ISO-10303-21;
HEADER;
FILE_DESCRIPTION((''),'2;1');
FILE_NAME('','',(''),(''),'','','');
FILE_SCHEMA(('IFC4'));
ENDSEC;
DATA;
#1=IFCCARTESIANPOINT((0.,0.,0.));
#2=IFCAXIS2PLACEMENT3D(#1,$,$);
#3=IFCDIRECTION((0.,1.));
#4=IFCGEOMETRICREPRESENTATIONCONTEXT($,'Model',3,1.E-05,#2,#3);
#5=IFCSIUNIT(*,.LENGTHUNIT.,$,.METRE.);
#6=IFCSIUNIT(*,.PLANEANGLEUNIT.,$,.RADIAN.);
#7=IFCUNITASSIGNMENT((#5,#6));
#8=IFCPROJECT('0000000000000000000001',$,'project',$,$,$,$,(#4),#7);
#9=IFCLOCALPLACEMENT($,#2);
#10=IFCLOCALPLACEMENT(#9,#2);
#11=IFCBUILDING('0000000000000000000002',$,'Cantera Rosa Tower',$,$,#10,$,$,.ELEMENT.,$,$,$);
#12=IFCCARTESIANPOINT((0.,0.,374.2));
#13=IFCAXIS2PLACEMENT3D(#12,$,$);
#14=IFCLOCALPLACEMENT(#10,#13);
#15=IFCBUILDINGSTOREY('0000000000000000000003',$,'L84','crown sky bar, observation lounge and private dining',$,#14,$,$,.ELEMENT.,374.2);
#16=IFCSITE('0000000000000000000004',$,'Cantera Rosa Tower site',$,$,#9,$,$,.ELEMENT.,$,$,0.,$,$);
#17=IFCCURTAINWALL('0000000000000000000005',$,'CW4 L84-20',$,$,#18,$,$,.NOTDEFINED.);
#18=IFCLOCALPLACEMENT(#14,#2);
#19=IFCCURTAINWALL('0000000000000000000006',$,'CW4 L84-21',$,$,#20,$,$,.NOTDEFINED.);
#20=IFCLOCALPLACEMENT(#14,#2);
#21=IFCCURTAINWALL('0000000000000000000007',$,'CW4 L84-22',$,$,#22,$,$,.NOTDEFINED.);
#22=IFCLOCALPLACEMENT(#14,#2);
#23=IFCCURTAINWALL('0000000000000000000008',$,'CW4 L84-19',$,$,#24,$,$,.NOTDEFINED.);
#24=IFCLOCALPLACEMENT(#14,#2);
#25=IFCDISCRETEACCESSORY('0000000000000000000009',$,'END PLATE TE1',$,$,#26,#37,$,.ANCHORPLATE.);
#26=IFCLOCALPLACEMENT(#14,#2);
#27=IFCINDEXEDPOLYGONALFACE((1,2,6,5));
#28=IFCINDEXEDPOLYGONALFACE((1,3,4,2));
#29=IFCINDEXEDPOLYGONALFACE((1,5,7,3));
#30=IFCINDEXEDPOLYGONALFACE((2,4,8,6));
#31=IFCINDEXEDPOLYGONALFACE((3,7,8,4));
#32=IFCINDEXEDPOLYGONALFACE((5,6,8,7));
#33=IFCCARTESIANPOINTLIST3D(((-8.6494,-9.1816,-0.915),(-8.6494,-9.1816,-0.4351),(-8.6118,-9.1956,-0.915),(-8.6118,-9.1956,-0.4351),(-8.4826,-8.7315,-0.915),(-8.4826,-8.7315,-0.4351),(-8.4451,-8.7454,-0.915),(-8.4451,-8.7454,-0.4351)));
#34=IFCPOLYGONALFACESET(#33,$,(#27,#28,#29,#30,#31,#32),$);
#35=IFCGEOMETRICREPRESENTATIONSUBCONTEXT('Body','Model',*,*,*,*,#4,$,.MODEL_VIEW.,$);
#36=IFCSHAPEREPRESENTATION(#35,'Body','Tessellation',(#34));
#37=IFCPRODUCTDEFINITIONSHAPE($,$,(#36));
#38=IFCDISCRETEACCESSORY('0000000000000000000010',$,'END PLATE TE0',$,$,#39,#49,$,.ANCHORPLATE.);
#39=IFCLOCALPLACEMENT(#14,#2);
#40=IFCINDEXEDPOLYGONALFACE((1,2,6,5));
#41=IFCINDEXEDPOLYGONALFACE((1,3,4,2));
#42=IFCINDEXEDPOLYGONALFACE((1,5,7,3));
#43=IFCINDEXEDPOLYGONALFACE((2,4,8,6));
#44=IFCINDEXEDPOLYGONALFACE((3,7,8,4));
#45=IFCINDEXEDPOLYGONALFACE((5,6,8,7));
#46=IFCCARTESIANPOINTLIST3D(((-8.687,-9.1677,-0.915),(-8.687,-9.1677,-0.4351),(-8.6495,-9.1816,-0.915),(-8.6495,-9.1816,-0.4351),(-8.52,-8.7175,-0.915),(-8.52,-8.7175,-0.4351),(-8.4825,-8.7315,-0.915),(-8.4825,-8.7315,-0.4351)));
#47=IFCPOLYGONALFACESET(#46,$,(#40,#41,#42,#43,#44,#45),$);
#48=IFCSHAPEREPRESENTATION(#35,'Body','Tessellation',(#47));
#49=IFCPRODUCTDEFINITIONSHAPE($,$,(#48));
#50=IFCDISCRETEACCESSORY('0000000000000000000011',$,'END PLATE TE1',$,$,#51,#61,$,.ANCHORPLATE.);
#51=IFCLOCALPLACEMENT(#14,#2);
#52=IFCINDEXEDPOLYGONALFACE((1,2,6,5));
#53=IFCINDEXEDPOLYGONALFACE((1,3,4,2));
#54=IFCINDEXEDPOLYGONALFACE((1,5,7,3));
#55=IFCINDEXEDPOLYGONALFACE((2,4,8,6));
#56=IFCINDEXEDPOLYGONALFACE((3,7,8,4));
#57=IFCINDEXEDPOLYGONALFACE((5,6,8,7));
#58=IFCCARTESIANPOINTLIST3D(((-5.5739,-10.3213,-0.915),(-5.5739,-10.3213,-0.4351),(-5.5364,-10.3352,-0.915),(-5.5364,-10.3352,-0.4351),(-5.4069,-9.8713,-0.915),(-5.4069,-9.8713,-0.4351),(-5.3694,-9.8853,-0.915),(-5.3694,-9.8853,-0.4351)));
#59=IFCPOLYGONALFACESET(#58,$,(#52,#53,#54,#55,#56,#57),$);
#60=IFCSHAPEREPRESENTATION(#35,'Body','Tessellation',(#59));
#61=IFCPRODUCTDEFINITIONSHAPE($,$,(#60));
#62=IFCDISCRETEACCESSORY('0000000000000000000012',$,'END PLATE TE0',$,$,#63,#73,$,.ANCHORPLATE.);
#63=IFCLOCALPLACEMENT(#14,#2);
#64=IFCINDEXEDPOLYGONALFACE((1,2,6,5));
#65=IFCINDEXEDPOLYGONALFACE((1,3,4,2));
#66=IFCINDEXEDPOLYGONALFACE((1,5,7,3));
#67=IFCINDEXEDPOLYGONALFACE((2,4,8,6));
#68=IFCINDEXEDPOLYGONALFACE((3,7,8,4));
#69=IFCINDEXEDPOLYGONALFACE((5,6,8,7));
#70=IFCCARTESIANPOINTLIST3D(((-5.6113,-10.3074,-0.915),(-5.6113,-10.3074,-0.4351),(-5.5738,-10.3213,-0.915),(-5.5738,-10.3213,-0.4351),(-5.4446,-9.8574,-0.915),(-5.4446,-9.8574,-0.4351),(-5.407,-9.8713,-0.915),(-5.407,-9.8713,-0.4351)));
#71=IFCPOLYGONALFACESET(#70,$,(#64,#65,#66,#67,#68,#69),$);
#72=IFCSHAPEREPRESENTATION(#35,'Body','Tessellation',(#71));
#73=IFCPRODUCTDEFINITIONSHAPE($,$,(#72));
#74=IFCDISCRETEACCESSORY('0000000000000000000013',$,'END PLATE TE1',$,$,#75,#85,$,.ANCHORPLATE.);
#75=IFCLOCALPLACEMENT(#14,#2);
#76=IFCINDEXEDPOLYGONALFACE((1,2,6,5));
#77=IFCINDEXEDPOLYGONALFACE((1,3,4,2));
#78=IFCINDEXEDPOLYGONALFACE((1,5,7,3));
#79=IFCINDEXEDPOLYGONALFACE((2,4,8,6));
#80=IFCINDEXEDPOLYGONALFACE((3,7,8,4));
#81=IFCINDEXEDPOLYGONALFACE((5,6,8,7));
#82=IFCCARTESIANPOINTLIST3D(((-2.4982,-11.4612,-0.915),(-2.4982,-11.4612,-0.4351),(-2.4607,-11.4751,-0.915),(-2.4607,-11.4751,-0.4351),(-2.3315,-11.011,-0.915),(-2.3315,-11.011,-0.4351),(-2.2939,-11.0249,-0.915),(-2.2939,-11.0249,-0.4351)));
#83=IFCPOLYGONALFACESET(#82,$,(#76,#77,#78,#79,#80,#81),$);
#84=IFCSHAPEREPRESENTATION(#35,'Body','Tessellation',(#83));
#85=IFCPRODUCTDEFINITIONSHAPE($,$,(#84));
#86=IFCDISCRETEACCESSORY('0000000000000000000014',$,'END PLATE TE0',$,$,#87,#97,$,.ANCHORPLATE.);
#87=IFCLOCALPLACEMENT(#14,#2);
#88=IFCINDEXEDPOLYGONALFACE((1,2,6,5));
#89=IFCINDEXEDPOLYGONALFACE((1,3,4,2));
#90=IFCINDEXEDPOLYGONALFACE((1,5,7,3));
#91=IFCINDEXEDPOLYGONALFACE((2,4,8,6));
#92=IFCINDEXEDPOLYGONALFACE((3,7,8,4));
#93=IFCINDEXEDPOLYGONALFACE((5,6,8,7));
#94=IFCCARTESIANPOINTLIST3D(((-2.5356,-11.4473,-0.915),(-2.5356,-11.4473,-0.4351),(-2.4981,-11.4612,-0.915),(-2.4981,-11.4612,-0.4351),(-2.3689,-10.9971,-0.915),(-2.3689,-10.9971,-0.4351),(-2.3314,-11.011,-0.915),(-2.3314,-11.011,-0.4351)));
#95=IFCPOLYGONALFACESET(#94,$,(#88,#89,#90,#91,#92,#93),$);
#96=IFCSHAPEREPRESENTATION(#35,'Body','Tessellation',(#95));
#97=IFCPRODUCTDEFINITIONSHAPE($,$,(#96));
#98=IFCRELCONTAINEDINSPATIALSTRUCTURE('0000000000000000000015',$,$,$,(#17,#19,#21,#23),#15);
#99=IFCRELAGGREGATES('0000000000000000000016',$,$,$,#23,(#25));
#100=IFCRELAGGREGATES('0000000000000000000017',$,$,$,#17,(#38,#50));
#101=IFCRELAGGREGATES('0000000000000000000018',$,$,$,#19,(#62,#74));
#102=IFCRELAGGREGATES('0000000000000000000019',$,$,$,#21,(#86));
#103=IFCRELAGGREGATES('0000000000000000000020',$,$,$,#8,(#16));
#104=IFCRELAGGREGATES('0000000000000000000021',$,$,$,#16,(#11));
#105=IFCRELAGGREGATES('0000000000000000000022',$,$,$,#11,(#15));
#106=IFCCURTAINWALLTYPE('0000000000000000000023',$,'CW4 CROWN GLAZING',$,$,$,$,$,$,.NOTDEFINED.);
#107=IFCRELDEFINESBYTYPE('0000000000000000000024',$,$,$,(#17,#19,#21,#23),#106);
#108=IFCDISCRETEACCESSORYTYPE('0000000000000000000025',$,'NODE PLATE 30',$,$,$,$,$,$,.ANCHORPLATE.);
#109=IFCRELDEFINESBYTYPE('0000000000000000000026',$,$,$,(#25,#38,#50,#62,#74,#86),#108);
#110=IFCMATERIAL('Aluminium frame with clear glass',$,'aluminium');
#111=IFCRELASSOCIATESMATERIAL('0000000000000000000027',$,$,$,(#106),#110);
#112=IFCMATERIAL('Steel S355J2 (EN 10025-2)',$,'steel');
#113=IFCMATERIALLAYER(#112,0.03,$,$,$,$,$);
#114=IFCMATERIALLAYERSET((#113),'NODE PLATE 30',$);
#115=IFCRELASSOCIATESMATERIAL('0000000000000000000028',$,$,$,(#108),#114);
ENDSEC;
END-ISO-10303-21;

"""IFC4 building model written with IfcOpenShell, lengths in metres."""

from ifc_helpers import new_model, si_unit, direction, frame, origin, place, context, subcontext, project, spatial, polyline, outline, extrude, material, layer, layer_set, type_object, element, aggregate, save


model = new_model("IFC4")

# Units and contexts
model_context = context("Model", 3, precision=1e-05, world=origin(), true_north=direction((0.0, 1.0)))
body_context = subcontext(model_context, "Body", "Model", "MODEL_VIEW")
ifc_project = project(units=[si_unit("LENGTHUNIT", "METRE"), si_unit("PLANEANGLEUNIT", "RADIAN")], contexts=[model_context])

# Site, building, storey
site_placement = place(None, origin())
site = spatial("IfcSite", under=ifc_project, at=site_placement, Name="Cantera Rosa Tower site", CompositionType="ELEMENT", RefElevation=0.0)
building_placement = place(site_placement, origin())
building = spatial("IfcBuilding", under=site, at=building_placement, Name="Cantera Rosa Tower", CompositionType="ELEMENT")
storey_placement = place(building_placement, frame((0.0, 0.0, 374.2)))
storey = spatial("IfcBuildingStorey", under=building, at=storey_placement, Name="L84", Description="crown sky bar, observation lounge and private dining", CompositionType="ELEMENT", Elevation=374.2)

# Curtain wall
ifc_material_1 = material(Name="Aluminium frame with clear glass", Category="aluminium")
curtain_wall_type = type_object("IfcCurtainWallType", Name="CW4 CROWN GLAZING", PredefinedType="NOTDEFINED", material=ifc_material_1)
curtain_wall_1_placement = place(storey_placement, origin())
curtain_wall_1 = element("IfcCurtainWall", 1, at=curtain_wall_1_placement, inside=storey, type_object=curtain_wall_type, Name="CW4 L84-20", PredefinedType="NOTDEFINED")

# Curtain walls
curtain_wall_2_placement = place(storey_placement, origin())
curtain_wall_2 = element("IfcCurtainWall", 2, at=curtain_wall_2_placement, inside=storey, type_object=curtain_wall_type, Name="CW4 L84-21", PredefinedType="NOTDEFINED")
curtain_wall_3_placement = place(storey_placement, origin())
curtain_wall_3 = element("IfcCurtainWall", 3, at=curtain_wall_3_placement, inside=storey, type_object=curtain_wall_type, Name="CW4 L84-22", PredefinedType="NOTDEFINED")

# Shared definitions
ifc_material_2 = material(Name="Steel S355J2 (EN 10025-2)", Category="steel")
ifc_layer_1 = layer(ifc_material_2, 0.03)
ifc_layer_set_1 = layer_set([ifc_layer_1], Name="NODE PLATE 30")
discrete_accessory_type = type_object("IfcDiscreteAccessoryType", Name="NODE PLATE 30", PredefinedType="ANCHORPLATE", material=ifc_layer_set_1)

# Curtain wall, discrete accessory
curtain_wall_4_placement = place(storey_placement, origin())
curtain_wall_4 = element("IfcCurtainWall", 4, at=curtain_wall_4_placement, inside=storey, type_object=curtain_wall_type, Name="CW4 L84-19", PredefinedType="NOTDEFINED")
discrete_accessory_1_placement = place(storey_placement, frame((-8.4451, -8.7454, -0.4351), z_axis=(0.937743, -0.347331, 0.0), x_axis=(-0.347331, -0.937743, 0.0)))
discrete_accessory_1 = element("IfcDiscreteAccessory", 5, at=discrete_accessory_1_placement, type_object=discrete_accessory_type, Name="END PLATE TE1", PredefinedType="ANCHORPLATE", context=body_context, shape_type="SweptSolid", body=[
    extrude(outline(polyline([(0.0, 0.0), (0.4801, 0.0), (0.4801, 0.48), (0.0, 0.48), (0.0, 0.0)])), origin(), (0.0, 0.0, -1.0), 0.04),
])
aggregate(curtain_wall_4, [discrete_accessory_1])

# Discrete accessories
discrete_accessory_2_placement = place(storey_placement, frame((-8.687, -9.1677, -0.4351), z_axis=(-0.937577, 0.347778, 0.0), x_axis=(0.347778, 0.937577, 0.0)))
discrete_accessory_2 = element("IfcDiscreteAccessory", 6, at=discrete_accessory_2_placement, type_object=discrete_accessory_type, Name="END PLATE TE0", PredefinedType="ANCHORPLATE", context=body_context, shape_type="SweptSolid", body=[
    extrude(outline(polyline([(0.0, 0.0), (0.4802, 0.0), (0.4802, 0.48), (0.0, 0.48), (0.0, 0.0)])), origin(), (0.0, 0.0, -1.0), 0.04),
])
discrete_accessory_3_placement = place(storey_placement, frame((-5.3694, -9.8853, -0.4351), z_axis=(0.937515, -0.347944, 0.0), x_axis=(-0.347944, -0.937515, 0.0)))
discrete_accessory_3 = element("IfcDiscreteAccessory", 7, at=discrete_accessory_3_placement, type_object=discrete_accessory_type, Name="END PLATE TE1", PredefinedType="ANCHORPLATE", context=body_context, shape_type="SweptSolid", body=[
    extrude(outline(polyline([(0.0, 0.0), (0.4799, 0.0), (0.4799, 0.48), (0.0, 0.48), (0.0, 0.0)])), origin(), (0.0, 0.0, -1.0), 0.04),
])
aggregate(curtain_wall_1, [discrete_accessory_2, discrete_accessory_3])
discrete_accessory_4_placement = place(storey_placement, frame((-5.6113, -10.3074, -0.4351), z_axis=(-0.937681, 0.347497, 0.0), x_axis=(0.347497, 0.937681, 0.0)))
discrete_accessory_4 = element("IfcDiscreteAccessory", 8, at=discrete_accessory_4_placement, type_object=discrete_accessory_type, Name="END PLATE TE0", PredefinedType="ANCHORPLATE", context=body_context, shape_type="SweptSolid", body=[
    extrude(outline(polyline([(0.0, 0.0), (0.4799, 0.0), (0.4799, 0.48), (0.0, 0.48), (0.0, 0.0)])), origin(), (0.0, 0.0, -1.0), 0.04),
])
discrete_accessory_5_placement = place(storey_placement, frame((-2.2939, -11.0249, -0.4351), z_axis=(0.937743, -0.347331, 0.0), x_axis=(-0.347331, -0.937743, 0.0)))
discrete_accessory_5 = element("IfcDiscreteAccessory", 9, at=discrete_accessory_5_placement, type_object=discrete_accessory_type, Name="END PLATE TE1", PredefinedType="ANCHORPLATE", context=body_context, shape_type="SweptSolid", body=[
    extrude(outline(polyline([(0.0, 0.0), (0.4801, 0.0), (0.4801, 0.48), (0.0, 0.48), (0.0, 0.0)])), origin(), (0.0, 0.0, -1.0), 0.04),
])
aggregate(curtain_wall_2, [discrete_accessory_4, discrete_accessory_5])
discrete_accessory_6_placement = place(storey_placement, frame((-2.5356, -11.4473, -0.4351), z_axis=(-0.937743, 0.347331, 0.0), x_axis=(0.347331, 0.937743, 0.0)))
discrete_accessory_6 = element("IfcDiscreteAccessory", 10, at=discrete_accessory_6_placement, type_object=discrete_accessory_type, Name="END PLATE TE0", PredefinedType="ANCHORPLATE", context=body_context, shape_type="SweptSolid", body=[
    extrude(outline(polyline([(0.0, 0.0), (0.4801, 0.0), (0.4801, 0.48), (0.0, 0.48), (0.0, 0.0)])), origin(), (0.0, 0.0, -1.0), 0.04),
])
aggregate(curtain_wall_3, [discrete_accessory_6])

save(model, "model.ifc")
